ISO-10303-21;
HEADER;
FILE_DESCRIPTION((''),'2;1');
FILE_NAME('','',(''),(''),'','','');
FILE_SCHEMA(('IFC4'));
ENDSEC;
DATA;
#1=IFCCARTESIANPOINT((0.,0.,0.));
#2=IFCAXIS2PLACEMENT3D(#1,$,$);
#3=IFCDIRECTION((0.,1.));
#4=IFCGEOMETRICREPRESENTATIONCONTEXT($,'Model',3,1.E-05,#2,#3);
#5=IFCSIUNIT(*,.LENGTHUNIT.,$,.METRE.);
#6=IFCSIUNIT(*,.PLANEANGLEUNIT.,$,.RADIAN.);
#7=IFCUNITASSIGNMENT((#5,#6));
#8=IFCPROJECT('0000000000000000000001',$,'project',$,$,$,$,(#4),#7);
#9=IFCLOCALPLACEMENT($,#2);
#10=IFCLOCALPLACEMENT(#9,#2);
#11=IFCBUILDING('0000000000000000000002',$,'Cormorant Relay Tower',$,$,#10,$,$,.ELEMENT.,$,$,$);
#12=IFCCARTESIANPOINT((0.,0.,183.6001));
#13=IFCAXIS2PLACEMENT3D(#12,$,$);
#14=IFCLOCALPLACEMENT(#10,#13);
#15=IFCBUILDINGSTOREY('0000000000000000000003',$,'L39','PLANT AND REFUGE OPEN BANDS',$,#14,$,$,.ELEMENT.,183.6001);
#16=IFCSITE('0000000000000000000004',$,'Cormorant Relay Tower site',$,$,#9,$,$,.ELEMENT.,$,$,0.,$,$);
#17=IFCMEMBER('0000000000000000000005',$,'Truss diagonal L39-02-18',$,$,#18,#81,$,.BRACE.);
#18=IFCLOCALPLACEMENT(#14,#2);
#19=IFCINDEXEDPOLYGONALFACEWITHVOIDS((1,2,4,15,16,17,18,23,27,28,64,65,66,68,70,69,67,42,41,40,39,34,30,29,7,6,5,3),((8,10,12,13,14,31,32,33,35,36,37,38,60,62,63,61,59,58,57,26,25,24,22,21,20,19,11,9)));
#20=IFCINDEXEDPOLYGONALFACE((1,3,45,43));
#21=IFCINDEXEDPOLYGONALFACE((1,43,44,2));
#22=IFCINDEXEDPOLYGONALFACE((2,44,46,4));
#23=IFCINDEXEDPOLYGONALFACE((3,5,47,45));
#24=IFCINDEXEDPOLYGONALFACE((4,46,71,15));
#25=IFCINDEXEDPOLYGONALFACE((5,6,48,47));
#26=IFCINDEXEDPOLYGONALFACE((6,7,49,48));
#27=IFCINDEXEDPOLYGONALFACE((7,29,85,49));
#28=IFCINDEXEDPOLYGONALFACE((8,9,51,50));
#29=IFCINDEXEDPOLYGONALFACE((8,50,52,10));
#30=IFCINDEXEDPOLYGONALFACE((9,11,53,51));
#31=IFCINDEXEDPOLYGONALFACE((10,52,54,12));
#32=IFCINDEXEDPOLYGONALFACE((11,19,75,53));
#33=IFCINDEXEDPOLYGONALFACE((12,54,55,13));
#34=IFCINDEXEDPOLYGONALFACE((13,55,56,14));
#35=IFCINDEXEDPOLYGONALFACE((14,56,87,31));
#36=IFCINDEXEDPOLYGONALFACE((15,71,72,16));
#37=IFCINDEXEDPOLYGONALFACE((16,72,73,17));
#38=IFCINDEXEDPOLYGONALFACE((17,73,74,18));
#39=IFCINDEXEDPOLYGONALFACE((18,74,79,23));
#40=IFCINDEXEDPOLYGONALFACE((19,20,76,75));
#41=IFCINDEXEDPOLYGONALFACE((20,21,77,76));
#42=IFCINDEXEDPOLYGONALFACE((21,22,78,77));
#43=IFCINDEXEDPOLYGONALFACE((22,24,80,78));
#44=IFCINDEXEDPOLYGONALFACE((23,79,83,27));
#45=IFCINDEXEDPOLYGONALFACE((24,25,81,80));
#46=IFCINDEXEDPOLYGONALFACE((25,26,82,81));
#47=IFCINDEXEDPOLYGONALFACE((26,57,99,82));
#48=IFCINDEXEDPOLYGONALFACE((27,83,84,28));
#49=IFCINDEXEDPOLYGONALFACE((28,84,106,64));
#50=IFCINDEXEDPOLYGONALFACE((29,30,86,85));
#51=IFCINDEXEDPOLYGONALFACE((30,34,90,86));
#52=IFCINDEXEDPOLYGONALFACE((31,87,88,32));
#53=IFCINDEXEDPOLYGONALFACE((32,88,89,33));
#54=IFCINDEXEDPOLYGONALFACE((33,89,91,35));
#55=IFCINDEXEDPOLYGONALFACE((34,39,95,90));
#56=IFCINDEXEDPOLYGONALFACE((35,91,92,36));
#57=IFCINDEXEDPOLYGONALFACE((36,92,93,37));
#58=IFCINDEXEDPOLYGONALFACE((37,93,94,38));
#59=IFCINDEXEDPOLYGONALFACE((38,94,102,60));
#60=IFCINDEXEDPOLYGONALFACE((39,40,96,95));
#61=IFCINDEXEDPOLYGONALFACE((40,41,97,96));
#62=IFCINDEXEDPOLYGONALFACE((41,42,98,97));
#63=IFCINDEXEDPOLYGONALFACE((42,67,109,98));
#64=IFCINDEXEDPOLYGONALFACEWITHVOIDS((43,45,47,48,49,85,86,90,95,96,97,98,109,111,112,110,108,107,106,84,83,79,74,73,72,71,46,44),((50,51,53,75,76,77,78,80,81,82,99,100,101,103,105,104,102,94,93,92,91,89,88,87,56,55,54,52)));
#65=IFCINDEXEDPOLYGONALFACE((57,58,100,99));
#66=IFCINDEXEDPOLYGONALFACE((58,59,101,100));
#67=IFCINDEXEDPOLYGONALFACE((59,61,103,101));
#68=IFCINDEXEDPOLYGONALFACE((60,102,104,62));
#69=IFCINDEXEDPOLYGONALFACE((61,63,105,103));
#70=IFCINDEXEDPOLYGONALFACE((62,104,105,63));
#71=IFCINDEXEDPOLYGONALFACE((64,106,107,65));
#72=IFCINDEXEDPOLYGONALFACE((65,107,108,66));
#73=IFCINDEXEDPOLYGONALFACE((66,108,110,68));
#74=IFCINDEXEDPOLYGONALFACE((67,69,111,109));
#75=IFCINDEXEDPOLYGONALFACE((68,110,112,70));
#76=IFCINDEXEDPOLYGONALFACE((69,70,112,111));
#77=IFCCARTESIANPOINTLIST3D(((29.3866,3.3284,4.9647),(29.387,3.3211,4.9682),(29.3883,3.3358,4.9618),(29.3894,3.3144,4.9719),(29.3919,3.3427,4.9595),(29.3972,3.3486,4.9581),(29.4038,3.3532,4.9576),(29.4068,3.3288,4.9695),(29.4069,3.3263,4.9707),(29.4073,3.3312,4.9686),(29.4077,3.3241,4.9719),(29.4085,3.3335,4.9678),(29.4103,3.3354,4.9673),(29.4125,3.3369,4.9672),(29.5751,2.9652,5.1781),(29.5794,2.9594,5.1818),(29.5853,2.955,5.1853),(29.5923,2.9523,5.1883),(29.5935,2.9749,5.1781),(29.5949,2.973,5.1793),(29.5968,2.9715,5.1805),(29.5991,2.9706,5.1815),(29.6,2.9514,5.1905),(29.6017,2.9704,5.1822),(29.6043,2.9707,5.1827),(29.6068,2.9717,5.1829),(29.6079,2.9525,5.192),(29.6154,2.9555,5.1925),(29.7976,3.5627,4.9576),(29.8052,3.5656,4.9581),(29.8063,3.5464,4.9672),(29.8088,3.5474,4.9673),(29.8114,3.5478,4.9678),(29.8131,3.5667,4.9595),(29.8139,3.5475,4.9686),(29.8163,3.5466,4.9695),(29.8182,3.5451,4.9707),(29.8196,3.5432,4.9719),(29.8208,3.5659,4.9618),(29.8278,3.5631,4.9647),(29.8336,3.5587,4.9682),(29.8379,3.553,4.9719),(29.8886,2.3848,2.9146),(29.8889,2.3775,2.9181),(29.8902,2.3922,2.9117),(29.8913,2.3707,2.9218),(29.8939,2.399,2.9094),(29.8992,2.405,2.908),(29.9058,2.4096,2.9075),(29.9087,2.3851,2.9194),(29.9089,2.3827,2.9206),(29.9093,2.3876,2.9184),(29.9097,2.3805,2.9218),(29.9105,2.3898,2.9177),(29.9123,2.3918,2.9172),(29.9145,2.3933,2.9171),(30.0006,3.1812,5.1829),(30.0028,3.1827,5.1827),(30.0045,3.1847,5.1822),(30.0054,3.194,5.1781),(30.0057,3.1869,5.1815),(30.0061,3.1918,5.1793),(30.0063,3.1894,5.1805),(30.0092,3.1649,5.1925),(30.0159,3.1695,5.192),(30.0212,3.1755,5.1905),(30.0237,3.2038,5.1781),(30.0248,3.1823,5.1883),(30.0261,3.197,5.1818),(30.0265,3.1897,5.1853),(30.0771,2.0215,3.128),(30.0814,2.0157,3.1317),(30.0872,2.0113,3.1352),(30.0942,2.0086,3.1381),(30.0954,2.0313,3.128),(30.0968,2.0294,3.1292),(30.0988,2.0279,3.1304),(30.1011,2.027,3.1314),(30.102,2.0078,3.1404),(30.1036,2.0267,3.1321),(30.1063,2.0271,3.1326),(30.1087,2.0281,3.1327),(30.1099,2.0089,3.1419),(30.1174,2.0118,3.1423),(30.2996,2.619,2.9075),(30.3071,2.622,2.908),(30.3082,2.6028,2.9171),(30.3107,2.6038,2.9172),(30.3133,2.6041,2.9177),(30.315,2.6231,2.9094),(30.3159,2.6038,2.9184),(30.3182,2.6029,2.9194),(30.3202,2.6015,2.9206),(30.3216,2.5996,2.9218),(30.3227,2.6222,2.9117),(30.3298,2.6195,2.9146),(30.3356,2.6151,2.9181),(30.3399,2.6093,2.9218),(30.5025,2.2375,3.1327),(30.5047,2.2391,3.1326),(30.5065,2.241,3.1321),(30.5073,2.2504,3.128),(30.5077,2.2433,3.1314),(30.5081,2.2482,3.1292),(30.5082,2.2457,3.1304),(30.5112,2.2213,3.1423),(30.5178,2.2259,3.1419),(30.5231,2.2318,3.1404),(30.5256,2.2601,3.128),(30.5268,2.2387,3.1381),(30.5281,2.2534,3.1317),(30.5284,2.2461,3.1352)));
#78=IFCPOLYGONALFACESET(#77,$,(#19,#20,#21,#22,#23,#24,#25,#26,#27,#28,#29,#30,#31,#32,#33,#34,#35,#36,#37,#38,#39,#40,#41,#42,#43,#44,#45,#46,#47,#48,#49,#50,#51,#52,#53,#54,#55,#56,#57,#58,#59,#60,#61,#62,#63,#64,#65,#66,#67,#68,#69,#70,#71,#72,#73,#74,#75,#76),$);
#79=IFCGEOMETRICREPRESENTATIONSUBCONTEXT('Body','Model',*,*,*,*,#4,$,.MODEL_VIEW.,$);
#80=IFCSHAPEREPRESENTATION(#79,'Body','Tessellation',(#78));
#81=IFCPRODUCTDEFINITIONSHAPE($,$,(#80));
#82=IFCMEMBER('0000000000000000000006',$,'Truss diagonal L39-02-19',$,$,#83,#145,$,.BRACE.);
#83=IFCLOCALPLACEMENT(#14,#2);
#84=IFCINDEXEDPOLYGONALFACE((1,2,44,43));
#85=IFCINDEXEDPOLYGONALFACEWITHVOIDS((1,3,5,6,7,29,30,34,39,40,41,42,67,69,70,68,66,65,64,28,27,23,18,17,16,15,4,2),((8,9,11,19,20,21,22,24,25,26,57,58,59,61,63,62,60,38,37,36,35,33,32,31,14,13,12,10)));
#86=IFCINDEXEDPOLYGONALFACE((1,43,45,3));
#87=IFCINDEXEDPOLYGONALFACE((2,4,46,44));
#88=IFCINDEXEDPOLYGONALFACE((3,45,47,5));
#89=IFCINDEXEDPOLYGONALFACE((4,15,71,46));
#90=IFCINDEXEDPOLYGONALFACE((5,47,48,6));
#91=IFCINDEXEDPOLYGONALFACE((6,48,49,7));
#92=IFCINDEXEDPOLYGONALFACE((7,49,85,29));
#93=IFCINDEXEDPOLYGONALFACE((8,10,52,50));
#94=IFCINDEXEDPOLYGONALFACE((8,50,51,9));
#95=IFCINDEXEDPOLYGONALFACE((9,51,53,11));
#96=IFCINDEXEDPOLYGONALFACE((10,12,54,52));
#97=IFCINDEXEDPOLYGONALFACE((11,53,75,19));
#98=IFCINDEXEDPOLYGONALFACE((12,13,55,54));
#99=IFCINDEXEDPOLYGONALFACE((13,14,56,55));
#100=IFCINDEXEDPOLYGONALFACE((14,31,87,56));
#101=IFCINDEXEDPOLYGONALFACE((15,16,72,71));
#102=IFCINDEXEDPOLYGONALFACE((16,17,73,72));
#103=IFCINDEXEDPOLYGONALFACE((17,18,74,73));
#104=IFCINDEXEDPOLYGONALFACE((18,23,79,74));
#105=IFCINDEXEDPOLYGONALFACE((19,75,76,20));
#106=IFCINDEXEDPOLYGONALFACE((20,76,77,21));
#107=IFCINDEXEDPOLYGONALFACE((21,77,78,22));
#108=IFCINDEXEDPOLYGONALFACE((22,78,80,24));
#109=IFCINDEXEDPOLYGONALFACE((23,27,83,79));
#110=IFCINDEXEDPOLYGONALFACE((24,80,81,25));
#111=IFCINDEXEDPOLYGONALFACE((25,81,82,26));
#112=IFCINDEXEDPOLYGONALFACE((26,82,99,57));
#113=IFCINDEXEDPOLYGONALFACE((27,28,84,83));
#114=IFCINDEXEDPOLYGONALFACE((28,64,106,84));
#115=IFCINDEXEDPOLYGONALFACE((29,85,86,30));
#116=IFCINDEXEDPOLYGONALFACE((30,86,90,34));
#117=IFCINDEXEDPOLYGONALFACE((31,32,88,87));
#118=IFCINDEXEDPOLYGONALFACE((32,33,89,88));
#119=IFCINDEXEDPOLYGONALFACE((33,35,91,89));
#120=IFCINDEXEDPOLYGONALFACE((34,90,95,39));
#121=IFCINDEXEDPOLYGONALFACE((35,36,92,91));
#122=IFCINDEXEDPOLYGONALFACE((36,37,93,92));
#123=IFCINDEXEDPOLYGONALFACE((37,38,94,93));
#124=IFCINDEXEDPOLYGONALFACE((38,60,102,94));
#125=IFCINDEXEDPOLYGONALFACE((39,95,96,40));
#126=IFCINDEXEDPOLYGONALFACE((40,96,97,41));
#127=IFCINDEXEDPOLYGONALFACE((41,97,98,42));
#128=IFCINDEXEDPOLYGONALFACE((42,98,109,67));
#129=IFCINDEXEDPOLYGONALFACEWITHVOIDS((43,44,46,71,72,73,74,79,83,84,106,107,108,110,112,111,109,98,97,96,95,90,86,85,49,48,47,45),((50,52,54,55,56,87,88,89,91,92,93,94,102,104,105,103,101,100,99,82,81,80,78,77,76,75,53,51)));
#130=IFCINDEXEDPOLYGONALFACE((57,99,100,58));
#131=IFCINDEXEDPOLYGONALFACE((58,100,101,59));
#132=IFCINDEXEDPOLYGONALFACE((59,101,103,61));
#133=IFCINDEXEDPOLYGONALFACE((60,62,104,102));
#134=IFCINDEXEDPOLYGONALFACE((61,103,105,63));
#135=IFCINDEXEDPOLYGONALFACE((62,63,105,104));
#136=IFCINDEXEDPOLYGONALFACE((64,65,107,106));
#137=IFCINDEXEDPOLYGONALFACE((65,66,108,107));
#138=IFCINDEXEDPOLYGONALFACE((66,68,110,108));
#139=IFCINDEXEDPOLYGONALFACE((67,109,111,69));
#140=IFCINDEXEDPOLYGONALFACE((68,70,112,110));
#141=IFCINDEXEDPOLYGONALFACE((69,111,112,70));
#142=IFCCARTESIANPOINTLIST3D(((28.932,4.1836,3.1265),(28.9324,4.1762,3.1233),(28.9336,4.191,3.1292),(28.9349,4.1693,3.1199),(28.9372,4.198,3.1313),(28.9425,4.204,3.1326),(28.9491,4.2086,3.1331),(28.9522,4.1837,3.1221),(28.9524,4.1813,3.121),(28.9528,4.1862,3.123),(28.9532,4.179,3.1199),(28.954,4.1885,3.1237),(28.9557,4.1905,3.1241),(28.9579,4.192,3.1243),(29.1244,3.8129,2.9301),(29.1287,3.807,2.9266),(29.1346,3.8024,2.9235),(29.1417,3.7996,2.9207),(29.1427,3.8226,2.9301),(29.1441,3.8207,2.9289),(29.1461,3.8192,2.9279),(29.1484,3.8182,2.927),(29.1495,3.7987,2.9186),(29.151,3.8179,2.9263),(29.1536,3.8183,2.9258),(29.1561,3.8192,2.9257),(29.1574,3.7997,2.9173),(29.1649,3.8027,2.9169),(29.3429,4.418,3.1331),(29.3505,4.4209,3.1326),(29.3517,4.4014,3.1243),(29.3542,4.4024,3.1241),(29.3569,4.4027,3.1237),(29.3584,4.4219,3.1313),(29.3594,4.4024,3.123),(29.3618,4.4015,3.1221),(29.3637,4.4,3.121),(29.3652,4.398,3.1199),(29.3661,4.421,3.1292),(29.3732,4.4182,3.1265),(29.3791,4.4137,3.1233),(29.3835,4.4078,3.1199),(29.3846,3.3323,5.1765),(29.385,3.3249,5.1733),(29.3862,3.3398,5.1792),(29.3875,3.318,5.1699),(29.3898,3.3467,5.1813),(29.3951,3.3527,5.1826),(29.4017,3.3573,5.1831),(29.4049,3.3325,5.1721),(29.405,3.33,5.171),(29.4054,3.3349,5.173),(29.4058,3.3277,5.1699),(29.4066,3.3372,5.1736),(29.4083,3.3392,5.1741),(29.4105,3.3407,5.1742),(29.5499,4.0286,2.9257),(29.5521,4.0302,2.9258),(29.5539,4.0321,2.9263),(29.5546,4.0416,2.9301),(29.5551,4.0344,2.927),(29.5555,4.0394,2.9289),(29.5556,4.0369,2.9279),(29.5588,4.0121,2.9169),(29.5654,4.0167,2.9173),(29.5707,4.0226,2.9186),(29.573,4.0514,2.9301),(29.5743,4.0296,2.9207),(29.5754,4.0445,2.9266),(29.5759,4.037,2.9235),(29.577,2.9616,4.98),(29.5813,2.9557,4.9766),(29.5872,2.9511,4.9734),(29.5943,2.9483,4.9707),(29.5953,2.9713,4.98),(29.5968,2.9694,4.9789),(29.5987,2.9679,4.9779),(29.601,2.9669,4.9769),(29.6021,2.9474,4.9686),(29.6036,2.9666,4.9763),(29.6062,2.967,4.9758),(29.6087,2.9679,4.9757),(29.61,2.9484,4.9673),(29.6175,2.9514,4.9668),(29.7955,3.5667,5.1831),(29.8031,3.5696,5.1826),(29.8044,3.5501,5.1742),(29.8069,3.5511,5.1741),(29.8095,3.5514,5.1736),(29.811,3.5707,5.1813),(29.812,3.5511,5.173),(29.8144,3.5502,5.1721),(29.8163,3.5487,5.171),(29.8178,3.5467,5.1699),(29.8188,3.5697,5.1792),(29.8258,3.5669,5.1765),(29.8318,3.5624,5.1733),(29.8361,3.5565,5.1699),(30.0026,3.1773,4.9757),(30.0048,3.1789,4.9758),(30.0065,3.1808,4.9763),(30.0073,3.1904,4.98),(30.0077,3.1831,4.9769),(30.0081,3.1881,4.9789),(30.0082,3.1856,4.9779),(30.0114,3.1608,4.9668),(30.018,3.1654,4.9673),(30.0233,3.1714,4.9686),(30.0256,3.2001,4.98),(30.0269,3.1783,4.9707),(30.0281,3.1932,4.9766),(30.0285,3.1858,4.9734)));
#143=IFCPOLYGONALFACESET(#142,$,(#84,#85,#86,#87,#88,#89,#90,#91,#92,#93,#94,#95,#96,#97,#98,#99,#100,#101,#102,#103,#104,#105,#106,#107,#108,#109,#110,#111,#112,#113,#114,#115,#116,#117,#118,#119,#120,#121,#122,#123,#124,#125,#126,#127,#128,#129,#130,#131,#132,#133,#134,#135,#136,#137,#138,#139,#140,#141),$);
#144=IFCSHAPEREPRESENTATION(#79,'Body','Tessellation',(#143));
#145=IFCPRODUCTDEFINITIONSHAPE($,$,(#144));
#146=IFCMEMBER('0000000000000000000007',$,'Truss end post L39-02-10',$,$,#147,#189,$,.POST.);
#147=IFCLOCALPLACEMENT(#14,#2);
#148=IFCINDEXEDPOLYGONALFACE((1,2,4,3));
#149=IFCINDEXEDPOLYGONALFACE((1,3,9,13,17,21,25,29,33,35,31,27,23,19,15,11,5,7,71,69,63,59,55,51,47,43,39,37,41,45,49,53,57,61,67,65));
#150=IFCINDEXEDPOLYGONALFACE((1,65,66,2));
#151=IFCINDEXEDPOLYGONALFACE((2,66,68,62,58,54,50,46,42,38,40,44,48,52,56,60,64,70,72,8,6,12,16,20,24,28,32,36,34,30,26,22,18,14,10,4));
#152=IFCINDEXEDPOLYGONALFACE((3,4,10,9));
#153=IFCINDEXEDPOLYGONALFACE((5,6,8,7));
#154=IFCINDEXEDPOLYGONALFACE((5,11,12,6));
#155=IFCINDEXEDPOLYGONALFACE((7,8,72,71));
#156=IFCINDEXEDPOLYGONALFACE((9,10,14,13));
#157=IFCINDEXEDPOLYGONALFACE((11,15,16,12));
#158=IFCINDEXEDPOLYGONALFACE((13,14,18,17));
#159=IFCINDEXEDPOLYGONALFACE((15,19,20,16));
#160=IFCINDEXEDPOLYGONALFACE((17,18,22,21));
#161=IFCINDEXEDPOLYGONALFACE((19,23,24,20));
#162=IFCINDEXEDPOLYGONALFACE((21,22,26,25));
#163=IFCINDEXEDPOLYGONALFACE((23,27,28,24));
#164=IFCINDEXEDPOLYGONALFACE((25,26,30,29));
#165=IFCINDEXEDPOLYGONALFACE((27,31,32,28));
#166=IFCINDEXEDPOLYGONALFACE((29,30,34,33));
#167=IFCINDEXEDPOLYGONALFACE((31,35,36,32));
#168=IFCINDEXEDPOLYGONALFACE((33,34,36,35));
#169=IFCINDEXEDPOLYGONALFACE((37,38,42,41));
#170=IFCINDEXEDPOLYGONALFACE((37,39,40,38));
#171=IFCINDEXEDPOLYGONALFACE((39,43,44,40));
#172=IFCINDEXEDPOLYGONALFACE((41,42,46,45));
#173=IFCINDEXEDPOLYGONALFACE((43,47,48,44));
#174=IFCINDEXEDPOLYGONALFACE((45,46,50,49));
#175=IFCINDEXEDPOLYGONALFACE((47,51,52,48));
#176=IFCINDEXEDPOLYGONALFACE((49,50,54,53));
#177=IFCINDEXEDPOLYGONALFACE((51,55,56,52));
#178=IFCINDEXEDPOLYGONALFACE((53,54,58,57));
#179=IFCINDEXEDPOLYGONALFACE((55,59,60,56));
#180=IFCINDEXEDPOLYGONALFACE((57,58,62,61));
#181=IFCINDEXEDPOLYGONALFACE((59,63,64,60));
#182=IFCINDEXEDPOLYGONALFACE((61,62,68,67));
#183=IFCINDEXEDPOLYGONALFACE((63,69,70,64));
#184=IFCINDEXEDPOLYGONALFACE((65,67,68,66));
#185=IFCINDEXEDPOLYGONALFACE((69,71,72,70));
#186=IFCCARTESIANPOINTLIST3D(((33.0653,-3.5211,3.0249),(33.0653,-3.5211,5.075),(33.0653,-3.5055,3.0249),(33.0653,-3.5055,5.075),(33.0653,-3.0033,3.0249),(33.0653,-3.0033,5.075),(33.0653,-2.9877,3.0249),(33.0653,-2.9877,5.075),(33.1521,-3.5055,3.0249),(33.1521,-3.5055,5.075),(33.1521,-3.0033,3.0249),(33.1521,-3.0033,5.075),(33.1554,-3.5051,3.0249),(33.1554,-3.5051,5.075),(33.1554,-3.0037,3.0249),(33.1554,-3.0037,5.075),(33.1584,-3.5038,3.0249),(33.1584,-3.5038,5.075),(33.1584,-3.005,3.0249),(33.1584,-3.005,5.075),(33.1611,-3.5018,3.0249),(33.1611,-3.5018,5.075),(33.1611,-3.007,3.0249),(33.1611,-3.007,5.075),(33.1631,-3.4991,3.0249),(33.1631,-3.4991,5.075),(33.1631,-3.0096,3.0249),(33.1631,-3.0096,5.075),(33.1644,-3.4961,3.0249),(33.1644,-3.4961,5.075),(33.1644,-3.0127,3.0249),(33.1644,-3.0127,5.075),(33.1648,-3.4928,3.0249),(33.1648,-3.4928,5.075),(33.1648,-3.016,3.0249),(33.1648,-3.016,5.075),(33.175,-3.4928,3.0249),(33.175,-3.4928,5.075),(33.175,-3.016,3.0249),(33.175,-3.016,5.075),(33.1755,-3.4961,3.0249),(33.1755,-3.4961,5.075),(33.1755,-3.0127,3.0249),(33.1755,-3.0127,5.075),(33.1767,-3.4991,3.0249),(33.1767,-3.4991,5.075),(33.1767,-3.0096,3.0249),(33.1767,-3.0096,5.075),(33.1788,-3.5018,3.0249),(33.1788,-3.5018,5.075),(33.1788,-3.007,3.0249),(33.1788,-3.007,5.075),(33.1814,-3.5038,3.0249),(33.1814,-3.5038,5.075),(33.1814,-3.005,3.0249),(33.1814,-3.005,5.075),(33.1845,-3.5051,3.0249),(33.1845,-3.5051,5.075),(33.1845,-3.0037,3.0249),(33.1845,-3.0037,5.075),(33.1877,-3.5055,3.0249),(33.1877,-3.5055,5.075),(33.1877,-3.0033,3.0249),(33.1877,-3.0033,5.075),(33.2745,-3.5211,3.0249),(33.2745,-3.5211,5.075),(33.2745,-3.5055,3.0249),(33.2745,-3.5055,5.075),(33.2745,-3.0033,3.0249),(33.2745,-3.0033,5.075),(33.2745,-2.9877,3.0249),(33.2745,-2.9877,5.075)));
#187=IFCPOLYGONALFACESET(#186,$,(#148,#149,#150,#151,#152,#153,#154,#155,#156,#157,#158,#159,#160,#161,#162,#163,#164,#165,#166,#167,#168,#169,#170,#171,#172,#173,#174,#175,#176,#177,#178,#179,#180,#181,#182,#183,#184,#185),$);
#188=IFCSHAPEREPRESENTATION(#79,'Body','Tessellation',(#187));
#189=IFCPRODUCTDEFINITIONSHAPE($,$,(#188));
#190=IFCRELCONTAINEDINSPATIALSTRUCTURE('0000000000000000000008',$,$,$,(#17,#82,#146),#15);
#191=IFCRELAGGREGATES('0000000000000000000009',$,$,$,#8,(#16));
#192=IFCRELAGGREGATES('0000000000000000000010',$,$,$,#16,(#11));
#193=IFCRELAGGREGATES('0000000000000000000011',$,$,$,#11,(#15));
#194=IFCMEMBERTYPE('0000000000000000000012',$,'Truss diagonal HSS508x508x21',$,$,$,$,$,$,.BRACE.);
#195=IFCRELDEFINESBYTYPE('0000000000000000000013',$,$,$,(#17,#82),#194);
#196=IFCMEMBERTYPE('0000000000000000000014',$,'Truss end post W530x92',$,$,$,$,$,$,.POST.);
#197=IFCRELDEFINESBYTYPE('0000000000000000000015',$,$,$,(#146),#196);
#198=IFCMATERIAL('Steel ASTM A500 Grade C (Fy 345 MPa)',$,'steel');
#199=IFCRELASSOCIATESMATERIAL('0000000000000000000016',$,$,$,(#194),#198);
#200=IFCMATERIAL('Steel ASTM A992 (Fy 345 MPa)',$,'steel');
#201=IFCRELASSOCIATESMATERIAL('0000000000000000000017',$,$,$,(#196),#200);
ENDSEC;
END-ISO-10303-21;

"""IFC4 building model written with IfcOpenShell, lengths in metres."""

from ifc_helpers import new_model, si_unit, direction, frame, origin, origin_2d, place, context, subcontext, project, spatial, hollow_rectangle, i_section, extrude, material, material_profile, profile_set, type_object, element, save


model = new_model("IFC4")

# Units and contexts
model_context = context("Model", 3, precision=1e-05, world=origin(), true_north=direction((0.0, 1.0)))
body_context = subcontext(model_context, "Body", "Model", "MODEL_VIEW")
ifc_project = project(units=[si_unit("LENGTHUNIT", "METRE"), si_unit("PLANEANGLEUNIT", "RADIAN")], contexts=[model_context])

# Site, building, storey
site_placement = place(None, origin())
site = spatial("IfcSite", under=ifc_project, at=site_placement, Name="Cormorant Relay Tower site", CompositionType="ELEMENT", RefElevation=0.0)
building_placement = place(site_placement, origin())
building = spatial("IfcBuilding", under=site, at=building_placement, Name="Cormorant Relay Tower", CompositionType="ELEMENT")
storey_placement = place(building_placement, frame((0.0, 0.0, 183.6001)))
storey = spatial("IfcBuildingStorey", under=building, at=storey_placement, Name="L39", Description="PLANT AND REFUGE OPEN BANDS", CompositionType="ELEMENT", Elevation=183.6001)

# Members
ifc_material_1 = material(Name="Steel ASTM A500 Grade C (Fy 345 MPa)", Category="steel")
ifc_material_profile_1 = material_profile(ifc_material_1, hollow_rectangle(XDim=0.5081, YDim=0.5081, WallThickness=0.0208, InnerFilletRadius=0.0103, OuterFilletRadius=0.031, at=origin_2d()), Name="HSS508x508x21")
ifc_profile_set_1 = profile_set([ifc_material_profile_1], Name="Steel ASTM A500 Grade C (Fy 345 MPa)")
member_type_1 = type_object("IfcMemberType", Name="Truss diagonal HSS508x508x21", PredefinedType="BRACE", material=ifc_profile_set_1)
for number, where, z_axis, x_axis, name in (
    (1, (30.2085, 2.3154, 3.0249), (-0.217114, 0.408144, 0.886724), (-0.882858, -0.469639, 0.0), "Truss diagonal L39-02-18"),
):
    element("IfcMember", number, at=place(storey_placement, frame(where, z_axis=z_axis, x_axis=x_axis)), inside=storey, type_object=member_type_1, Name=name, PredefinedType="BRACE", context=body_context, shape_type="SweptSolid", body=[
        extrude(hollow_rectangle(XDim=0.5081, YDim=0.5081, WallThickness=0.0208, InnerFilletRadius=0.0103, OuterFilletRadius=0.031, at=origin_2d()), origin(), (0.0, 0.0, 1.0), 2.312),
    ])
member_1_placement = place(storey_placement, frame((29.7065, 3.259, 5.075), z_axis=(-0.199799, 0.375781, -0.904914), x_axis=(-0.882955, -0.469458, 0.0)))
element("IfcMember", 2, at=member_1_placement, inside=storey, type_object=member_type_1, Name="Truss diagonal L39-02-19", PredefinedType="BRACE", context=body_context, shape_type="SweptSolid", body=[
    extrude(hollow_rectangle(XDim=0.5081, YDim=0.5081, WallThickness=0.0208, InnerFilletRadius=0.0103, OuterFilletRadius=0.031, at=origin_2d()), origin(), (0.0, 0.0, 1.0), 2.2654),
])
ifc_material_2 = material(Name="Steel ASTM A992 (Fy 345 MPa)", Category="steel")
ifc_material_profile_2 = material_profile(ifc_material_2, i_section(OverallWidth=0.2092, OverallDepth=0.5334, WebThickness=0.0103, FlangeThickness=0.0156, FilletRadius=0.0127, at=origin_2d()), Name="W530x92")
ifc_profile_set_2 = profile_set([ifc_material_profile_2], Name="Steel ASTM A992 (Fy 345 MPa)")
member_type_2 = type_object("IfcMemberType", Name="Truss end post W530x92", PredefinedType="POST", material=ifc_profile_set_2)
for number, where, z_axis, x_axis, name in (
    (3, (33.1699, -3.2544, 3.0249), (0.0, 0.0, 1.0), (1.0, 0.0, 0.0), "Truss end post L39-02-10"),
):
    element("IfcMember", number, at=place(storey_placement, frame(where, z_axis=z_axis, x_axis=x_axis)), inside=storey, type_object=member_type_2, Name=name, PredefinedType="POST", context=body_context, shape_type="SweptSolid", body=[
        extrude(i_section(OverallWidth=0.2092, OverallDepth=0.5334, WebThickness=0.0103, FlangeThickness=0.0156, FilletRadius=0.0127, at=origin_2d()), origin(), (0.0, 0.0, 1.0), 2.05),
    ])

save(model, "model.ifc")
